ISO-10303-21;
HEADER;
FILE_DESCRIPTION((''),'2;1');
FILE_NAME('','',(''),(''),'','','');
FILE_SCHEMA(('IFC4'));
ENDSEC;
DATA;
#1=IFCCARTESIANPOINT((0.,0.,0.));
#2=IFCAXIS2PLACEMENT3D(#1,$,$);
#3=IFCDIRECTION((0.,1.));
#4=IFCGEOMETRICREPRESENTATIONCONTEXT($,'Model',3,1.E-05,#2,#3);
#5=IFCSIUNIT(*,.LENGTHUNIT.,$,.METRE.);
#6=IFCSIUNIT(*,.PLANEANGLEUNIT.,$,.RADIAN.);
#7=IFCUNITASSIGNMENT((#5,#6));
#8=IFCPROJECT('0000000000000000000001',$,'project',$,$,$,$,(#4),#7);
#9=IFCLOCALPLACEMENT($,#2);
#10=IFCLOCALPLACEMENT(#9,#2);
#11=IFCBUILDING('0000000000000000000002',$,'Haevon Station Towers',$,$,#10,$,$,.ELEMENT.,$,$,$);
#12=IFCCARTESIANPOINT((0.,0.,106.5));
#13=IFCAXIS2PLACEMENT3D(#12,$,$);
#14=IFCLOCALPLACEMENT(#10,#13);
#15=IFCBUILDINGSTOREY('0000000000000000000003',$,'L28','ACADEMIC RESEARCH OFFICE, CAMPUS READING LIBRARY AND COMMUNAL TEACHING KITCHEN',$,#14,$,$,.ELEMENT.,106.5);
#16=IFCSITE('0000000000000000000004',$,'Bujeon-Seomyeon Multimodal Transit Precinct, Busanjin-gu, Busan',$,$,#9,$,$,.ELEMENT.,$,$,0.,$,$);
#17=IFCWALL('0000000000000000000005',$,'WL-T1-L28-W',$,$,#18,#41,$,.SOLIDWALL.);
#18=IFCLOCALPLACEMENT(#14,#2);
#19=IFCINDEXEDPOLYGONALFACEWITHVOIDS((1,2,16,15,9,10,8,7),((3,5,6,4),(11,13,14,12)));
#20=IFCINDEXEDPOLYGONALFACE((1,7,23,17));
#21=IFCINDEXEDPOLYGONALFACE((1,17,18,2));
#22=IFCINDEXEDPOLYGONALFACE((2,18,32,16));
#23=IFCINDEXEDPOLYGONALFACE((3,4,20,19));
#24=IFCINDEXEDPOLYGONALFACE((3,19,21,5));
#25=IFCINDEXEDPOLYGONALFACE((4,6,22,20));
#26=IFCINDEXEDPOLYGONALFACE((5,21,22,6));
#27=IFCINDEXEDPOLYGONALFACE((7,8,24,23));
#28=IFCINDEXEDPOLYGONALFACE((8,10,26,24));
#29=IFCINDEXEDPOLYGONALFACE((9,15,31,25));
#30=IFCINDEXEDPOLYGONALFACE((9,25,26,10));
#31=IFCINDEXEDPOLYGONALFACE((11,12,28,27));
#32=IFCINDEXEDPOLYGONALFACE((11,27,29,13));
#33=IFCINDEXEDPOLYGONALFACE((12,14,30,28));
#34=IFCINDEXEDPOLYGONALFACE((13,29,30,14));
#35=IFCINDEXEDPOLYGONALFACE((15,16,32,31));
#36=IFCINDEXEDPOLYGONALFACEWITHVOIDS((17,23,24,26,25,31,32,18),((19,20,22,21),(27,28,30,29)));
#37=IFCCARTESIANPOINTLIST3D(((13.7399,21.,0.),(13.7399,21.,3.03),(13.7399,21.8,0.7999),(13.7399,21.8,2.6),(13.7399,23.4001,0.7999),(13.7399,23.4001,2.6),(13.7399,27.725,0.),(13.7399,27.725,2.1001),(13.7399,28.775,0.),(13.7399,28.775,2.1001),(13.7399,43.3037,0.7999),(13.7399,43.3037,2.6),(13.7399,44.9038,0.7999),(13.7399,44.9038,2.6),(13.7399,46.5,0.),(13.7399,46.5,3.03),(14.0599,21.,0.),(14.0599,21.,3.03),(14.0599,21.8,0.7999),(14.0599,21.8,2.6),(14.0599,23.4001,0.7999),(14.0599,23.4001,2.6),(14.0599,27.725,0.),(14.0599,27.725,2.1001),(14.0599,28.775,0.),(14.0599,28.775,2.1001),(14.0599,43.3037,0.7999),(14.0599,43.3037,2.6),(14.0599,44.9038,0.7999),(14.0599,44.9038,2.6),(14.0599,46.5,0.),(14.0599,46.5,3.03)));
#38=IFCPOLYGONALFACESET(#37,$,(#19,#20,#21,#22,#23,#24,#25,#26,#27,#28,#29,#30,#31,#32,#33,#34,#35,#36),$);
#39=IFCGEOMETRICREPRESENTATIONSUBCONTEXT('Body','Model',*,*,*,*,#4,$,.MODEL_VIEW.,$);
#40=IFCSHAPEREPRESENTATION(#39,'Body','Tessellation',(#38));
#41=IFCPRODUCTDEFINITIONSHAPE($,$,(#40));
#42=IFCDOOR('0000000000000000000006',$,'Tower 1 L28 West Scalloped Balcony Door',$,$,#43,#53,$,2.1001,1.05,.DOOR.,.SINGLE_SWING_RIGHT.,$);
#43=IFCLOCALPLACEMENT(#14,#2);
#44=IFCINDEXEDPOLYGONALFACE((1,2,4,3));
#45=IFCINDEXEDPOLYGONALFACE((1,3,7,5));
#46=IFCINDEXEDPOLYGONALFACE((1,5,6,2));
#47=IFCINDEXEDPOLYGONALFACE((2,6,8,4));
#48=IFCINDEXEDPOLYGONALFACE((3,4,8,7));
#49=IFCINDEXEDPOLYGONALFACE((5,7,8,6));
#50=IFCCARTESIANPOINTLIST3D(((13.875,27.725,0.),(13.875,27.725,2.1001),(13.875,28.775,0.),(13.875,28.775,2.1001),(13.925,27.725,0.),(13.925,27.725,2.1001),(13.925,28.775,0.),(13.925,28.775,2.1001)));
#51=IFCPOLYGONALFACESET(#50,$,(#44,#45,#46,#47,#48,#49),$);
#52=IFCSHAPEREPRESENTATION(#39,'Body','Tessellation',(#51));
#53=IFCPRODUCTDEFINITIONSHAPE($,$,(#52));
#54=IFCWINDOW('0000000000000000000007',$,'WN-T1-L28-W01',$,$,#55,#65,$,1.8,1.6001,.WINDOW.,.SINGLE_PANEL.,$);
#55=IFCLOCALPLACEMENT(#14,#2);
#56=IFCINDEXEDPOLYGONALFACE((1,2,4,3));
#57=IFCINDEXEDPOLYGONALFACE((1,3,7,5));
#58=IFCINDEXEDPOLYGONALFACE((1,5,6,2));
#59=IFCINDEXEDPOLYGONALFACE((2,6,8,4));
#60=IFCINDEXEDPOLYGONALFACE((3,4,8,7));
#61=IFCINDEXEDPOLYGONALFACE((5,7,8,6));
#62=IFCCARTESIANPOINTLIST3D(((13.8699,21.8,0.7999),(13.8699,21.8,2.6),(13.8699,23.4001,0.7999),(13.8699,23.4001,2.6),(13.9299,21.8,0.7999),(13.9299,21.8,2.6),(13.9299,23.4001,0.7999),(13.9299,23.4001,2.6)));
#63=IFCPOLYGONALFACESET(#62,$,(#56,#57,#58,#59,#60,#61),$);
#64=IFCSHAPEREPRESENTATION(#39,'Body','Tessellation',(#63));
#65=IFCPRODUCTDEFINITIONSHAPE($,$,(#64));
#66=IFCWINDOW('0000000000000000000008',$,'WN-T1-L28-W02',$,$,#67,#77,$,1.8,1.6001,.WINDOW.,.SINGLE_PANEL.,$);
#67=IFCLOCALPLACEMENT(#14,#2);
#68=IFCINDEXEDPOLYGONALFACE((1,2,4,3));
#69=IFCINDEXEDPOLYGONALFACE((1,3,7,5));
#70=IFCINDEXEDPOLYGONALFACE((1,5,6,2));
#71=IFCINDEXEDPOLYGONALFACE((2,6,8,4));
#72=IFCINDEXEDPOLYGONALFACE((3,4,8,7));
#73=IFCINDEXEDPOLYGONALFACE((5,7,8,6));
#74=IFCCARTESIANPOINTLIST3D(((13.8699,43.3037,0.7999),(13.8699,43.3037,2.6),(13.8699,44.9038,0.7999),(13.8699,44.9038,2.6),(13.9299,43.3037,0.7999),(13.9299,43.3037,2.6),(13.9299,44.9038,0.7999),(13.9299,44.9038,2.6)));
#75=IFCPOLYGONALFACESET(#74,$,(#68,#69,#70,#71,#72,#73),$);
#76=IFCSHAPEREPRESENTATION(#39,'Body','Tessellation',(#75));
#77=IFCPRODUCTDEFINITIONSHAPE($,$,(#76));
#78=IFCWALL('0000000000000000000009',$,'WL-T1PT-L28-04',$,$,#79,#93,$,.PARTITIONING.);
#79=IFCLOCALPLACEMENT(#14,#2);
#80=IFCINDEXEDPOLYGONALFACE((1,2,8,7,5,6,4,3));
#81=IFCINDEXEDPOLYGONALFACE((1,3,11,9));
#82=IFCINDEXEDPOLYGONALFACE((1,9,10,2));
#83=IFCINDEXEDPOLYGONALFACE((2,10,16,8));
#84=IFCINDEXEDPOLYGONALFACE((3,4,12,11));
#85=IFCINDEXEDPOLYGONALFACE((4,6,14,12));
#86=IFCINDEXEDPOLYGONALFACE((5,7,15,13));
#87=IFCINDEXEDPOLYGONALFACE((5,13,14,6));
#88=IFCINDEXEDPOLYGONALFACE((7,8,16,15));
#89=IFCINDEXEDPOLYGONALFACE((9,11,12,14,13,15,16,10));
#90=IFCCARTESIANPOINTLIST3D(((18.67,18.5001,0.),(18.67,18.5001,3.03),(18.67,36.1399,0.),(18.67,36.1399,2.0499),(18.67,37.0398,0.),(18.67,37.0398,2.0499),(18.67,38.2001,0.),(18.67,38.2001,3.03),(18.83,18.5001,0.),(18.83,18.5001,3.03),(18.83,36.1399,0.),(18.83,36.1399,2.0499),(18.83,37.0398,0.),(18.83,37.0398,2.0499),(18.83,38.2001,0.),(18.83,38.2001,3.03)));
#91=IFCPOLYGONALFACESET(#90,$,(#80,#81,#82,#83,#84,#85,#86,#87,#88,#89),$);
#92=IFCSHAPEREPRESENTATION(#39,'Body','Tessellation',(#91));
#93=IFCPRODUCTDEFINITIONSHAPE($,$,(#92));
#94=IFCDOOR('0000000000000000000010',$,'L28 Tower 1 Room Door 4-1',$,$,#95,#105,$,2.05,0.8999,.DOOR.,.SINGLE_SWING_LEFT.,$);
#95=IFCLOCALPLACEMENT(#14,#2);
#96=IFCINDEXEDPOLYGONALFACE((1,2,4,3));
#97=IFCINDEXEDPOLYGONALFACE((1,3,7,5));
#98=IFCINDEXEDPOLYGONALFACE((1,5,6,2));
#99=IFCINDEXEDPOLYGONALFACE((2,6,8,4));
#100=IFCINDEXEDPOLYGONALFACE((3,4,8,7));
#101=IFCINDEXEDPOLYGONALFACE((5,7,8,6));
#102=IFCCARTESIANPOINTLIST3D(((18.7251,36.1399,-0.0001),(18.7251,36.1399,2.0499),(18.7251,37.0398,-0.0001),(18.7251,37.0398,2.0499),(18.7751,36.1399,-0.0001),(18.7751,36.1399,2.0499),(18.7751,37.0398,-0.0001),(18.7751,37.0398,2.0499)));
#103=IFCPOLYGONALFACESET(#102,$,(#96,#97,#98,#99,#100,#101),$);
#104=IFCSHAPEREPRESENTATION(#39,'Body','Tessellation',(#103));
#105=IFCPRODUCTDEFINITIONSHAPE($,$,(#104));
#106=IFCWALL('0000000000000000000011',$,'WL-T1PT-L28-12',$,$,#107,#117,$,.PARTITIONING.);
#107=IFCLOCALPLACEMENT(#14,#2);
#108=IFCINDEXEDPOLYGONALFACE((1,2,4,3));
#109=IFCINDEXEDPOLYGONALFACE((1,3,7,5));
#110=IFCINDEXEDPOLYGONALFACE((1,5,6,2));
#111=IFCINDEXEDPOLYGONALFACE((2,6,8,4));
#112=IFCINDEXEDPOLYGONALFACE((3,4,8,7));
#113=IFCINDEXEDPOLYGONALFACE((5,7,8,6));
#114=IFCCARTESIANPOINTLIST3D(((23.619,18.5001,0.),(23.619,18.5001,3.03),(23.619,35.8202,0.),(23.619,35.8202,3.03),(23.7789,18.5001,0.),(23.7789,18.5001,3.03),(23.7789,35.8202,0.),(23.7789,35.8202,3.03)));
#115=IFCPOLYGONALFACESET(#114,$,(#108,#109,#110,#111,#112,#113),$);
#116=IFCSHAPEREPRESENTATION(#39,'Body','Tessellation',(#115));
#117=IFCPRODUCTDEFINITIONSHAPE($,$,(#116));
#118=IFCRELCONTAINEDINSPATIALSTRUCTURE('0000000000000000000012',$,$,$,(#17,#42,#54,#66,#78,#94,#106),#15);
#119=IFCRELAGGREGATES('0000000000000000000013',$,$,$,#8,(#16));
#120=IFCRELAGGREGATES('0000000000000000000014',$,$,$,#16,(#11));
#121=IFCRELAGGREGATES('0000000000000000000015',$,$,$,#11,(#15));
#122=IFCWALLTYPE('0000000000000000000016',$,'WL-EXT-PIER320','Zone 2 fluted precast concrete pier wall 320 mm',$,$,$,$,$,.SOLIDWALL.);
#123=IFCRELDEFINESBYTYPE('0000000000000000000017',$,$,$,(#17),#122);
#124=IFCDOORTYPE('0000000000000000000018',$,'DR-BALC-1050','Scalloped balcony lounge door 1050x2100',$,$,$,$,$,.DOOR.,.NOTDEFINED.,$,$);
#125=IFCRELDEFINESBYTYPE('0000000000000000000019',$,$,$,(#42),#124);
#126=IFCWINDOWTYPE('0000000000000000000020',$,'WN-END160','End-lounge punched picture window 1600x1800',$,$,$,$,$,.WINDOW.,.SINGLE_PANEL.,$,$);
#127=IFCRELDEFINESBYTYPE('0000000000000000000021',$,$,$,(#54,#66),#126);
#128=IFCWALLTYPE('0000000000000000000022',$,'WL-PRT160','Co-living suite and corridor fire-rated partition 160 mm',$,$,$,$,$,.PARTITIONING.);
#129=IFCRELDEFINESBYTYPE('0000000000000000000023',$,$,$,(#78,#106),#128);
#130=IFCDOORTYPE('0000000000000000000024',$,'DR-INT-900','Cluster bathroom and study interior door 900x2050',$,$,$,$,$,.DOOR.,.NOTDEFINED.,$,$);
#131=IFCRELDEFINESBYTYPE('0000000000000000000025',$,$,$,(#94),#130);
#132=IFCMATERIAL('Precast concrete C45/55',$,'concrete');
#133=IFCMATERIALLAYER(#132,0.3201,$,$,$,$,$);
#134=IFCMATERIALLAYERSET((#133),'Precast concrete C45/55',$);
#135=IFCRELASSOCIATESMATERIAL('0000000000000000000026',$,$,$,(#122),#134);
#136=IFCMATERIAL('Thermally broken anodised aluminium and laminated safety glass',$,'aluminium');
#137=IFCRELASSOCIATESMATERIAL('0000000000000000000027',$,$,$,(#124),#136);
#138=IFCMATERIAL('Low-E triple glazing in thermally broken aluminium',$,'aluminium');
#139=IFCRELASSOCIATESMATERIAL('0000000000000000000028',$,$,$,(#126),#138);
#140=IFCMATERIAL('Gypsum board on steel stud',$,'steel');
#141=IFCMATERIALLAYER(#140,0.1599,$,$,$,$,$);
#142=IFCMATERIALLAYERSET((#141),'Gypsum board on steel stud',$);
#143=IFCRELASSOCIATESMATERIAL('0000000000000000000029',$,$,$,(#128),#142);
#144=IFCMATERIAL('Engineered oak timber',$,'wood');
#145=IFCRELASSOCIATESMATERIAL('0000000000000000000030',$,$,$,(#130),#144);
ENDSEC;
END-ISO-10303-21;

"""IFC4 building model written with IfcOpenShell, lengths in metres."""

from ifc_helpers import new_model, si_unit, direction, frame, frame_2d, origin, place, context, subcontext, project, spatial, rectangle, extrude, material, layer, layer_set, type_object, element, fill, save


model = new_model("IFC4")

# Units and contexts
model_context = context("Model", 3, precision=1e-05, world=origin(), true_north=direction((0.0, 1.0)))
body_context = subcontext(model_context, "Body", "Model", "MODEL_VIEW")
ifc_project = project(units=[si_unit("LENGTHUNIT", "METRE"), si_unit("PLANEANGLEUNIT", "RADIAN")], contexts=[model_context])

# Site, building, storey
site_placement = place(None, origin())
site = spatial("IfcSite", under=ifc_project, at=site_placement, Name="Bujeon-Seomyeon Multimodal Transit Precinct, Busanjin-gu, Busan", CompositionType="ELEMENT", RefElevation=0.0)
building_placement = place(site_placement, origin())
building = spatial("IfcBuilding", under=site, at=building_placement, Name="Haevon Station Towers", CompositionType="ELEMENT")
storey_placement = place(building_placement, frame((0.0, 0.0, 106.5)))
storey = spatial("IfcBuildingStorey", under=building, at=storey_placement, Name="L28", Description="ACADEMIC RESEARCH OFFICE, CAMPUS READING LIBRARY AND COMMUNAL TEACHING KITCHEN", CompositionType="ELEMENT", Elevation=106.5)

# Shared definitions
ifc_material_1 = material(Name="Precast concrete C45/55", Category="concrete")
ifc_layer_1 = layer(ifc_material_1, 0.3201)
ifc_layer_set_1 = layer_set([ifc_layer_1], Name="Precast concrete C45/55")
wall_type_1 = type_object("IfcWallType", Name="WL-EXT-PIER320", Description="Zone 2 fluted precast concrete pier wall 320 mm", PredefinedType="SOLIDWALL", material=ifc_layer_set_1)

# Wall, openings, door, windows
wall_1_placement = place(storey_placement, frame((13.8999, 21.0, 0.0), z_axis=(0.0, 0.0, 1.0), x_axis=(0.0, 1.0, 0.0)))
wall_1 = element("IfcWall", 1, at=wall_1_placement, inside=storey, type_object=wall_type_1, Name="WL-T1-L28-W", PredefinedType="SOLIDWALL", context=body_context, shape_type="SweptSolid", body=[
    extrude(rectangle(XDim=25.5, YDim=0.3201, at=frame_2d((12.75, 0.0))), origin(), (0.0, 0.0, 1.0), 3.03),
])
opening_1_placement = place(wall_1_placement, frame((6.7251, 0.0, 0.0)))
opening_1 = element("IfcOpeningElement", 2, at=opening_1_placement, cuts=wall_1, PredefinedType="OPENING", context=body_context, shape_type="SweptSolid", body=[
    extrude(rectangle(XDim=1.05, YDim=2.1001, at=frame_2d((0.5249, 1.05))), frame((0.0, 0.1699, 0.0), z_axis=(0.0, -1.0, 0.0), x_axis=(1.0, 0.0, 0.0)), (0.0, 0.0, 1.0), 0.3401),
])
opening_2_placement = place(wall_1_placement, frame((0.8, 0.0, 0.8)))
opening_2 = element("IfcOpeningElement", 3, at=opening_2_placement, cuts=wall_1, PredefinedType="OPENING", context=body_context, shape_type="SweptSolid", body=[
    extrude(rectangle(XDim=1.6001, YDim=1.8, at=frame_2d((0.8, 0.8999))), frame((0.0, 0.1699, 0.0), z_axis=(0.0, -1.0, 0.0), x_axis=(1.0, 0.0, 0.0)), (0.0, 0.0, 1.0), 0.3401),
])
opening_3_placement = place(wall_1_placement, frame((22.3037, 0.0, 0.8)))
opening_3 = element("IfcOpeningElement", 4, at=opening_3_placement, cuts=wall_1, PredefinedType="OPENING", context=body_context, shape_type="SweptSolid", body=[
    extrude(rectangle(XDim=1.6001, YDim=1.8, at=frame_2d((0.8, 0.8999))), frame((0.0, 0.1699, 0.0), z_axis=(0.0, -1.0, 0.0), x_axis=(1.0, 0.0, 0.0)), (0.0, 0.0, 1.0), 0.3401),
])
ifc_material_2 = material(Name="Thermally broken anodised aluminium and laminated safety glass", Category="aluminium")
door_type_1 = type_object("IfcDoorType", Name="DR-BALC-1050", Description="Scalloped balcony lounge door 1050x2100", OperationType="NOTDEFINED", PredefinedType="DOOR", material=ifc_material_2)
door_1_placement = place(opening_1_placement, origin())
door_1 = element("IfcDoor", 5, at=door_1_placement, inside=storey, type_object=door_type_1, Name="Tower 1 L28 West Scalloped Balcony Door", OperationType="SINGLE_SWING_RIGHT", OverallHeight=2.1001, OverallWidth=1.05, PredefinedType="DOOR", context=body_context, shape_type="SweptSolid", body=[
    extrude(rectangle(XDim=1.05, YDim=2.1001, at=frame_2d((0.5249, 1.05))), frame((0.0, 0.0249, 0.0), z_axis=(0.0, -1.0, 0.0), x_axis=(1.0, 0.0, 0.0)), (0.0, 0.0, 1.0), 0.05),
])
fill(opening_1, door_1)
ifc_material_3 = material(Name="Low-E triple glazing in thermally broken aluminium", Category="aluminium")
window_type = type_object("IfcWindowType", Name="WN-END160", Description="End-lounge punched picture window 1600x1800", PartitioningType="SINGLE_PANEL", PredefinedType="WINDOW", material=ifc_material_3)
window_1_placement = place(opening_2_placement, origin())
window_1 = element("IfcWindow", 6, at=window_1_placement, inside=storey, type_object=window_type, Name="WN-T1-L28-W01", OverallHeight=1.8, OverallWidth=1.6001, PartitioningType="SINGLE_PANEL", PredefinedType="WINDOW", context=body_context, shape_type="SweptSolid", body=[
    extrude(rectangle(XDim=1.6001, YDim=1.8, at=frame_2d((0.8, 0.8999))), frame((0.0, 0.03, 0.0), z_axis=(0.0, -1.0, 0.0), x_axis=(1.0, 0.0, 0.0)), (0.0, 0.0, 1.0), 0.0601),
])
fill(opening_2, window_1)
window_2_placement = place(opening_3_placement, origin())
window_2 = element("IfcWindow", 7, at=window_2_placement, inside=storey, type_object=window_type, Name="WN-T1-L28-W02", OverallHeight=1.8, OverallWidth=1.6001, PartitioningType="SINGLE_PANEL", PredefinedType="WINDOW", context=body_context, shape_type="SweptSolid", body=[
    extrude(rectangle(XDim=1.6001, YDim=1.8, at=frame_2d((0.8, 0.8999))), frame((0.0, 0.03, 0.0), z_axis=(0.0, -1.0, 0.0), x_axis=(1.0, 0.0, 0.0)), (0.0, 0.0, 1.0), 0.0601),
])
fill(opening_3, window_2)

# Wall, opening, door
ifc_material_4 = material(Name="Gypsum board on steel stud", Category="steel")
ifc_layer_2 = layer(ifc_material_4, 0.1599)
ifc_layer_set_2 = layer_set([ifc_layer_2], Name="Gypsum board on steel stud")
wall_type_2 = type_object("IfcWallType", Name="WL-PRT160", Description="Co-living suite and corridor fire-rated partition 160 mm", PredefinedType="PARTITIONING", material=ifc_layer_set_2)
wall_2_placement = place(storey_placement, frame((18.75, 18.5, 0.0), z_axis=(0.0, 0.0, 1.0), x_axis=(0.0, 1.0, 0.0)))
wall_2 = element("IfcWall", 8, at=wall_2_placement, inside=storey, type_object=wall_type_2, Name="WL-T1PT-L28-04", PredefinedType="PARTITIONING", context=body_context, shape_type="SweptSolid", body=[
    extrude(rectangle(XDim=19.7, YDim=0.1599, at=frame_2d((9.8501, 0.0))), origin(), (0.0, 0.0, 1.0), 3.03),
])
opening_4_placement = place(wall_2_placement, frame((17.6399, 0.0, 0.0)))
opening_4 = element("IfcOpeningElement", 9, at=opening_4_placement, cuts=wall_2, PredefinedType="OPENING", context=body_context, shape_type="SweptSolid", body=[
    extrude(rectangle(XDim=0.8999, YDim=2.05, at=frame_2d((0.45, 1.0249))), frame((0.0, 0.0898, 0.0), z_axis=(0.0, -1.0, 0.0), x_axis=(1.0, 0.0, 0.0)), (0.0, 0.0, 1.0), 0.1799),
])
ifc_material_5 = material(Name="Engineered oak timber", Category="wood")
door_type_2 = type_object("IfcDoorType", Name="DR-INT-900", Description="Cluster bathroom and study interior door 900x2050", OperationType="NOTDEFINED", PredefinedType="DOOR", material=ifc_material_5)
door_2_placement = place(opening_4_placement, origin())
door_2 = element("IfcDoor", 10, at=door_2_placement, inside=storey, type_object=door_type_2, Name="L28 Tower 1 Room Door 4-1", OperationType="SINGLE_SWING_LEFT", OverallHeight=2.05, OverallWidth=0.8999, PredefinedType="DOOR", context=body_context, shape_type="SweptSolid", body=[
    extrude(rectangle(XDim=0.8999, YDim=2.05, at=frame_2d((0.45, 1.0249))), frame((0.0, 0.0249, 0.0), z_axis=(0.0, -1.0, 0.0), x_axis=(1.0, 0.0, 0.0)), (0.0, 0.0, 1.0), 0.05),
])
fill(opening_4, door_2)

# Wall
wall_3_placement = place(storey_placement, frame((23.699, 18.5, 0.0), z_axis=(0.0, 0.0, 1.0), x_axis=(0.0, 1.0, 0.0)))
element("IfcWall", 11, at=wall_3_placement, inside=storey, type_object=wall_type_2, Name="WL-T1PT-L28-12", PredefinedType="PARTITIONING", context=body_context, shape_type="SweptSolid", body=[
    extrude(rectangle(XDim=17.3201, YDim=0.1599, at=frame_2d((8.6602, 0.0))), origin(), (0.0, 0.0, 1.0), 3.03),
])

save(model, "model.ifc")
